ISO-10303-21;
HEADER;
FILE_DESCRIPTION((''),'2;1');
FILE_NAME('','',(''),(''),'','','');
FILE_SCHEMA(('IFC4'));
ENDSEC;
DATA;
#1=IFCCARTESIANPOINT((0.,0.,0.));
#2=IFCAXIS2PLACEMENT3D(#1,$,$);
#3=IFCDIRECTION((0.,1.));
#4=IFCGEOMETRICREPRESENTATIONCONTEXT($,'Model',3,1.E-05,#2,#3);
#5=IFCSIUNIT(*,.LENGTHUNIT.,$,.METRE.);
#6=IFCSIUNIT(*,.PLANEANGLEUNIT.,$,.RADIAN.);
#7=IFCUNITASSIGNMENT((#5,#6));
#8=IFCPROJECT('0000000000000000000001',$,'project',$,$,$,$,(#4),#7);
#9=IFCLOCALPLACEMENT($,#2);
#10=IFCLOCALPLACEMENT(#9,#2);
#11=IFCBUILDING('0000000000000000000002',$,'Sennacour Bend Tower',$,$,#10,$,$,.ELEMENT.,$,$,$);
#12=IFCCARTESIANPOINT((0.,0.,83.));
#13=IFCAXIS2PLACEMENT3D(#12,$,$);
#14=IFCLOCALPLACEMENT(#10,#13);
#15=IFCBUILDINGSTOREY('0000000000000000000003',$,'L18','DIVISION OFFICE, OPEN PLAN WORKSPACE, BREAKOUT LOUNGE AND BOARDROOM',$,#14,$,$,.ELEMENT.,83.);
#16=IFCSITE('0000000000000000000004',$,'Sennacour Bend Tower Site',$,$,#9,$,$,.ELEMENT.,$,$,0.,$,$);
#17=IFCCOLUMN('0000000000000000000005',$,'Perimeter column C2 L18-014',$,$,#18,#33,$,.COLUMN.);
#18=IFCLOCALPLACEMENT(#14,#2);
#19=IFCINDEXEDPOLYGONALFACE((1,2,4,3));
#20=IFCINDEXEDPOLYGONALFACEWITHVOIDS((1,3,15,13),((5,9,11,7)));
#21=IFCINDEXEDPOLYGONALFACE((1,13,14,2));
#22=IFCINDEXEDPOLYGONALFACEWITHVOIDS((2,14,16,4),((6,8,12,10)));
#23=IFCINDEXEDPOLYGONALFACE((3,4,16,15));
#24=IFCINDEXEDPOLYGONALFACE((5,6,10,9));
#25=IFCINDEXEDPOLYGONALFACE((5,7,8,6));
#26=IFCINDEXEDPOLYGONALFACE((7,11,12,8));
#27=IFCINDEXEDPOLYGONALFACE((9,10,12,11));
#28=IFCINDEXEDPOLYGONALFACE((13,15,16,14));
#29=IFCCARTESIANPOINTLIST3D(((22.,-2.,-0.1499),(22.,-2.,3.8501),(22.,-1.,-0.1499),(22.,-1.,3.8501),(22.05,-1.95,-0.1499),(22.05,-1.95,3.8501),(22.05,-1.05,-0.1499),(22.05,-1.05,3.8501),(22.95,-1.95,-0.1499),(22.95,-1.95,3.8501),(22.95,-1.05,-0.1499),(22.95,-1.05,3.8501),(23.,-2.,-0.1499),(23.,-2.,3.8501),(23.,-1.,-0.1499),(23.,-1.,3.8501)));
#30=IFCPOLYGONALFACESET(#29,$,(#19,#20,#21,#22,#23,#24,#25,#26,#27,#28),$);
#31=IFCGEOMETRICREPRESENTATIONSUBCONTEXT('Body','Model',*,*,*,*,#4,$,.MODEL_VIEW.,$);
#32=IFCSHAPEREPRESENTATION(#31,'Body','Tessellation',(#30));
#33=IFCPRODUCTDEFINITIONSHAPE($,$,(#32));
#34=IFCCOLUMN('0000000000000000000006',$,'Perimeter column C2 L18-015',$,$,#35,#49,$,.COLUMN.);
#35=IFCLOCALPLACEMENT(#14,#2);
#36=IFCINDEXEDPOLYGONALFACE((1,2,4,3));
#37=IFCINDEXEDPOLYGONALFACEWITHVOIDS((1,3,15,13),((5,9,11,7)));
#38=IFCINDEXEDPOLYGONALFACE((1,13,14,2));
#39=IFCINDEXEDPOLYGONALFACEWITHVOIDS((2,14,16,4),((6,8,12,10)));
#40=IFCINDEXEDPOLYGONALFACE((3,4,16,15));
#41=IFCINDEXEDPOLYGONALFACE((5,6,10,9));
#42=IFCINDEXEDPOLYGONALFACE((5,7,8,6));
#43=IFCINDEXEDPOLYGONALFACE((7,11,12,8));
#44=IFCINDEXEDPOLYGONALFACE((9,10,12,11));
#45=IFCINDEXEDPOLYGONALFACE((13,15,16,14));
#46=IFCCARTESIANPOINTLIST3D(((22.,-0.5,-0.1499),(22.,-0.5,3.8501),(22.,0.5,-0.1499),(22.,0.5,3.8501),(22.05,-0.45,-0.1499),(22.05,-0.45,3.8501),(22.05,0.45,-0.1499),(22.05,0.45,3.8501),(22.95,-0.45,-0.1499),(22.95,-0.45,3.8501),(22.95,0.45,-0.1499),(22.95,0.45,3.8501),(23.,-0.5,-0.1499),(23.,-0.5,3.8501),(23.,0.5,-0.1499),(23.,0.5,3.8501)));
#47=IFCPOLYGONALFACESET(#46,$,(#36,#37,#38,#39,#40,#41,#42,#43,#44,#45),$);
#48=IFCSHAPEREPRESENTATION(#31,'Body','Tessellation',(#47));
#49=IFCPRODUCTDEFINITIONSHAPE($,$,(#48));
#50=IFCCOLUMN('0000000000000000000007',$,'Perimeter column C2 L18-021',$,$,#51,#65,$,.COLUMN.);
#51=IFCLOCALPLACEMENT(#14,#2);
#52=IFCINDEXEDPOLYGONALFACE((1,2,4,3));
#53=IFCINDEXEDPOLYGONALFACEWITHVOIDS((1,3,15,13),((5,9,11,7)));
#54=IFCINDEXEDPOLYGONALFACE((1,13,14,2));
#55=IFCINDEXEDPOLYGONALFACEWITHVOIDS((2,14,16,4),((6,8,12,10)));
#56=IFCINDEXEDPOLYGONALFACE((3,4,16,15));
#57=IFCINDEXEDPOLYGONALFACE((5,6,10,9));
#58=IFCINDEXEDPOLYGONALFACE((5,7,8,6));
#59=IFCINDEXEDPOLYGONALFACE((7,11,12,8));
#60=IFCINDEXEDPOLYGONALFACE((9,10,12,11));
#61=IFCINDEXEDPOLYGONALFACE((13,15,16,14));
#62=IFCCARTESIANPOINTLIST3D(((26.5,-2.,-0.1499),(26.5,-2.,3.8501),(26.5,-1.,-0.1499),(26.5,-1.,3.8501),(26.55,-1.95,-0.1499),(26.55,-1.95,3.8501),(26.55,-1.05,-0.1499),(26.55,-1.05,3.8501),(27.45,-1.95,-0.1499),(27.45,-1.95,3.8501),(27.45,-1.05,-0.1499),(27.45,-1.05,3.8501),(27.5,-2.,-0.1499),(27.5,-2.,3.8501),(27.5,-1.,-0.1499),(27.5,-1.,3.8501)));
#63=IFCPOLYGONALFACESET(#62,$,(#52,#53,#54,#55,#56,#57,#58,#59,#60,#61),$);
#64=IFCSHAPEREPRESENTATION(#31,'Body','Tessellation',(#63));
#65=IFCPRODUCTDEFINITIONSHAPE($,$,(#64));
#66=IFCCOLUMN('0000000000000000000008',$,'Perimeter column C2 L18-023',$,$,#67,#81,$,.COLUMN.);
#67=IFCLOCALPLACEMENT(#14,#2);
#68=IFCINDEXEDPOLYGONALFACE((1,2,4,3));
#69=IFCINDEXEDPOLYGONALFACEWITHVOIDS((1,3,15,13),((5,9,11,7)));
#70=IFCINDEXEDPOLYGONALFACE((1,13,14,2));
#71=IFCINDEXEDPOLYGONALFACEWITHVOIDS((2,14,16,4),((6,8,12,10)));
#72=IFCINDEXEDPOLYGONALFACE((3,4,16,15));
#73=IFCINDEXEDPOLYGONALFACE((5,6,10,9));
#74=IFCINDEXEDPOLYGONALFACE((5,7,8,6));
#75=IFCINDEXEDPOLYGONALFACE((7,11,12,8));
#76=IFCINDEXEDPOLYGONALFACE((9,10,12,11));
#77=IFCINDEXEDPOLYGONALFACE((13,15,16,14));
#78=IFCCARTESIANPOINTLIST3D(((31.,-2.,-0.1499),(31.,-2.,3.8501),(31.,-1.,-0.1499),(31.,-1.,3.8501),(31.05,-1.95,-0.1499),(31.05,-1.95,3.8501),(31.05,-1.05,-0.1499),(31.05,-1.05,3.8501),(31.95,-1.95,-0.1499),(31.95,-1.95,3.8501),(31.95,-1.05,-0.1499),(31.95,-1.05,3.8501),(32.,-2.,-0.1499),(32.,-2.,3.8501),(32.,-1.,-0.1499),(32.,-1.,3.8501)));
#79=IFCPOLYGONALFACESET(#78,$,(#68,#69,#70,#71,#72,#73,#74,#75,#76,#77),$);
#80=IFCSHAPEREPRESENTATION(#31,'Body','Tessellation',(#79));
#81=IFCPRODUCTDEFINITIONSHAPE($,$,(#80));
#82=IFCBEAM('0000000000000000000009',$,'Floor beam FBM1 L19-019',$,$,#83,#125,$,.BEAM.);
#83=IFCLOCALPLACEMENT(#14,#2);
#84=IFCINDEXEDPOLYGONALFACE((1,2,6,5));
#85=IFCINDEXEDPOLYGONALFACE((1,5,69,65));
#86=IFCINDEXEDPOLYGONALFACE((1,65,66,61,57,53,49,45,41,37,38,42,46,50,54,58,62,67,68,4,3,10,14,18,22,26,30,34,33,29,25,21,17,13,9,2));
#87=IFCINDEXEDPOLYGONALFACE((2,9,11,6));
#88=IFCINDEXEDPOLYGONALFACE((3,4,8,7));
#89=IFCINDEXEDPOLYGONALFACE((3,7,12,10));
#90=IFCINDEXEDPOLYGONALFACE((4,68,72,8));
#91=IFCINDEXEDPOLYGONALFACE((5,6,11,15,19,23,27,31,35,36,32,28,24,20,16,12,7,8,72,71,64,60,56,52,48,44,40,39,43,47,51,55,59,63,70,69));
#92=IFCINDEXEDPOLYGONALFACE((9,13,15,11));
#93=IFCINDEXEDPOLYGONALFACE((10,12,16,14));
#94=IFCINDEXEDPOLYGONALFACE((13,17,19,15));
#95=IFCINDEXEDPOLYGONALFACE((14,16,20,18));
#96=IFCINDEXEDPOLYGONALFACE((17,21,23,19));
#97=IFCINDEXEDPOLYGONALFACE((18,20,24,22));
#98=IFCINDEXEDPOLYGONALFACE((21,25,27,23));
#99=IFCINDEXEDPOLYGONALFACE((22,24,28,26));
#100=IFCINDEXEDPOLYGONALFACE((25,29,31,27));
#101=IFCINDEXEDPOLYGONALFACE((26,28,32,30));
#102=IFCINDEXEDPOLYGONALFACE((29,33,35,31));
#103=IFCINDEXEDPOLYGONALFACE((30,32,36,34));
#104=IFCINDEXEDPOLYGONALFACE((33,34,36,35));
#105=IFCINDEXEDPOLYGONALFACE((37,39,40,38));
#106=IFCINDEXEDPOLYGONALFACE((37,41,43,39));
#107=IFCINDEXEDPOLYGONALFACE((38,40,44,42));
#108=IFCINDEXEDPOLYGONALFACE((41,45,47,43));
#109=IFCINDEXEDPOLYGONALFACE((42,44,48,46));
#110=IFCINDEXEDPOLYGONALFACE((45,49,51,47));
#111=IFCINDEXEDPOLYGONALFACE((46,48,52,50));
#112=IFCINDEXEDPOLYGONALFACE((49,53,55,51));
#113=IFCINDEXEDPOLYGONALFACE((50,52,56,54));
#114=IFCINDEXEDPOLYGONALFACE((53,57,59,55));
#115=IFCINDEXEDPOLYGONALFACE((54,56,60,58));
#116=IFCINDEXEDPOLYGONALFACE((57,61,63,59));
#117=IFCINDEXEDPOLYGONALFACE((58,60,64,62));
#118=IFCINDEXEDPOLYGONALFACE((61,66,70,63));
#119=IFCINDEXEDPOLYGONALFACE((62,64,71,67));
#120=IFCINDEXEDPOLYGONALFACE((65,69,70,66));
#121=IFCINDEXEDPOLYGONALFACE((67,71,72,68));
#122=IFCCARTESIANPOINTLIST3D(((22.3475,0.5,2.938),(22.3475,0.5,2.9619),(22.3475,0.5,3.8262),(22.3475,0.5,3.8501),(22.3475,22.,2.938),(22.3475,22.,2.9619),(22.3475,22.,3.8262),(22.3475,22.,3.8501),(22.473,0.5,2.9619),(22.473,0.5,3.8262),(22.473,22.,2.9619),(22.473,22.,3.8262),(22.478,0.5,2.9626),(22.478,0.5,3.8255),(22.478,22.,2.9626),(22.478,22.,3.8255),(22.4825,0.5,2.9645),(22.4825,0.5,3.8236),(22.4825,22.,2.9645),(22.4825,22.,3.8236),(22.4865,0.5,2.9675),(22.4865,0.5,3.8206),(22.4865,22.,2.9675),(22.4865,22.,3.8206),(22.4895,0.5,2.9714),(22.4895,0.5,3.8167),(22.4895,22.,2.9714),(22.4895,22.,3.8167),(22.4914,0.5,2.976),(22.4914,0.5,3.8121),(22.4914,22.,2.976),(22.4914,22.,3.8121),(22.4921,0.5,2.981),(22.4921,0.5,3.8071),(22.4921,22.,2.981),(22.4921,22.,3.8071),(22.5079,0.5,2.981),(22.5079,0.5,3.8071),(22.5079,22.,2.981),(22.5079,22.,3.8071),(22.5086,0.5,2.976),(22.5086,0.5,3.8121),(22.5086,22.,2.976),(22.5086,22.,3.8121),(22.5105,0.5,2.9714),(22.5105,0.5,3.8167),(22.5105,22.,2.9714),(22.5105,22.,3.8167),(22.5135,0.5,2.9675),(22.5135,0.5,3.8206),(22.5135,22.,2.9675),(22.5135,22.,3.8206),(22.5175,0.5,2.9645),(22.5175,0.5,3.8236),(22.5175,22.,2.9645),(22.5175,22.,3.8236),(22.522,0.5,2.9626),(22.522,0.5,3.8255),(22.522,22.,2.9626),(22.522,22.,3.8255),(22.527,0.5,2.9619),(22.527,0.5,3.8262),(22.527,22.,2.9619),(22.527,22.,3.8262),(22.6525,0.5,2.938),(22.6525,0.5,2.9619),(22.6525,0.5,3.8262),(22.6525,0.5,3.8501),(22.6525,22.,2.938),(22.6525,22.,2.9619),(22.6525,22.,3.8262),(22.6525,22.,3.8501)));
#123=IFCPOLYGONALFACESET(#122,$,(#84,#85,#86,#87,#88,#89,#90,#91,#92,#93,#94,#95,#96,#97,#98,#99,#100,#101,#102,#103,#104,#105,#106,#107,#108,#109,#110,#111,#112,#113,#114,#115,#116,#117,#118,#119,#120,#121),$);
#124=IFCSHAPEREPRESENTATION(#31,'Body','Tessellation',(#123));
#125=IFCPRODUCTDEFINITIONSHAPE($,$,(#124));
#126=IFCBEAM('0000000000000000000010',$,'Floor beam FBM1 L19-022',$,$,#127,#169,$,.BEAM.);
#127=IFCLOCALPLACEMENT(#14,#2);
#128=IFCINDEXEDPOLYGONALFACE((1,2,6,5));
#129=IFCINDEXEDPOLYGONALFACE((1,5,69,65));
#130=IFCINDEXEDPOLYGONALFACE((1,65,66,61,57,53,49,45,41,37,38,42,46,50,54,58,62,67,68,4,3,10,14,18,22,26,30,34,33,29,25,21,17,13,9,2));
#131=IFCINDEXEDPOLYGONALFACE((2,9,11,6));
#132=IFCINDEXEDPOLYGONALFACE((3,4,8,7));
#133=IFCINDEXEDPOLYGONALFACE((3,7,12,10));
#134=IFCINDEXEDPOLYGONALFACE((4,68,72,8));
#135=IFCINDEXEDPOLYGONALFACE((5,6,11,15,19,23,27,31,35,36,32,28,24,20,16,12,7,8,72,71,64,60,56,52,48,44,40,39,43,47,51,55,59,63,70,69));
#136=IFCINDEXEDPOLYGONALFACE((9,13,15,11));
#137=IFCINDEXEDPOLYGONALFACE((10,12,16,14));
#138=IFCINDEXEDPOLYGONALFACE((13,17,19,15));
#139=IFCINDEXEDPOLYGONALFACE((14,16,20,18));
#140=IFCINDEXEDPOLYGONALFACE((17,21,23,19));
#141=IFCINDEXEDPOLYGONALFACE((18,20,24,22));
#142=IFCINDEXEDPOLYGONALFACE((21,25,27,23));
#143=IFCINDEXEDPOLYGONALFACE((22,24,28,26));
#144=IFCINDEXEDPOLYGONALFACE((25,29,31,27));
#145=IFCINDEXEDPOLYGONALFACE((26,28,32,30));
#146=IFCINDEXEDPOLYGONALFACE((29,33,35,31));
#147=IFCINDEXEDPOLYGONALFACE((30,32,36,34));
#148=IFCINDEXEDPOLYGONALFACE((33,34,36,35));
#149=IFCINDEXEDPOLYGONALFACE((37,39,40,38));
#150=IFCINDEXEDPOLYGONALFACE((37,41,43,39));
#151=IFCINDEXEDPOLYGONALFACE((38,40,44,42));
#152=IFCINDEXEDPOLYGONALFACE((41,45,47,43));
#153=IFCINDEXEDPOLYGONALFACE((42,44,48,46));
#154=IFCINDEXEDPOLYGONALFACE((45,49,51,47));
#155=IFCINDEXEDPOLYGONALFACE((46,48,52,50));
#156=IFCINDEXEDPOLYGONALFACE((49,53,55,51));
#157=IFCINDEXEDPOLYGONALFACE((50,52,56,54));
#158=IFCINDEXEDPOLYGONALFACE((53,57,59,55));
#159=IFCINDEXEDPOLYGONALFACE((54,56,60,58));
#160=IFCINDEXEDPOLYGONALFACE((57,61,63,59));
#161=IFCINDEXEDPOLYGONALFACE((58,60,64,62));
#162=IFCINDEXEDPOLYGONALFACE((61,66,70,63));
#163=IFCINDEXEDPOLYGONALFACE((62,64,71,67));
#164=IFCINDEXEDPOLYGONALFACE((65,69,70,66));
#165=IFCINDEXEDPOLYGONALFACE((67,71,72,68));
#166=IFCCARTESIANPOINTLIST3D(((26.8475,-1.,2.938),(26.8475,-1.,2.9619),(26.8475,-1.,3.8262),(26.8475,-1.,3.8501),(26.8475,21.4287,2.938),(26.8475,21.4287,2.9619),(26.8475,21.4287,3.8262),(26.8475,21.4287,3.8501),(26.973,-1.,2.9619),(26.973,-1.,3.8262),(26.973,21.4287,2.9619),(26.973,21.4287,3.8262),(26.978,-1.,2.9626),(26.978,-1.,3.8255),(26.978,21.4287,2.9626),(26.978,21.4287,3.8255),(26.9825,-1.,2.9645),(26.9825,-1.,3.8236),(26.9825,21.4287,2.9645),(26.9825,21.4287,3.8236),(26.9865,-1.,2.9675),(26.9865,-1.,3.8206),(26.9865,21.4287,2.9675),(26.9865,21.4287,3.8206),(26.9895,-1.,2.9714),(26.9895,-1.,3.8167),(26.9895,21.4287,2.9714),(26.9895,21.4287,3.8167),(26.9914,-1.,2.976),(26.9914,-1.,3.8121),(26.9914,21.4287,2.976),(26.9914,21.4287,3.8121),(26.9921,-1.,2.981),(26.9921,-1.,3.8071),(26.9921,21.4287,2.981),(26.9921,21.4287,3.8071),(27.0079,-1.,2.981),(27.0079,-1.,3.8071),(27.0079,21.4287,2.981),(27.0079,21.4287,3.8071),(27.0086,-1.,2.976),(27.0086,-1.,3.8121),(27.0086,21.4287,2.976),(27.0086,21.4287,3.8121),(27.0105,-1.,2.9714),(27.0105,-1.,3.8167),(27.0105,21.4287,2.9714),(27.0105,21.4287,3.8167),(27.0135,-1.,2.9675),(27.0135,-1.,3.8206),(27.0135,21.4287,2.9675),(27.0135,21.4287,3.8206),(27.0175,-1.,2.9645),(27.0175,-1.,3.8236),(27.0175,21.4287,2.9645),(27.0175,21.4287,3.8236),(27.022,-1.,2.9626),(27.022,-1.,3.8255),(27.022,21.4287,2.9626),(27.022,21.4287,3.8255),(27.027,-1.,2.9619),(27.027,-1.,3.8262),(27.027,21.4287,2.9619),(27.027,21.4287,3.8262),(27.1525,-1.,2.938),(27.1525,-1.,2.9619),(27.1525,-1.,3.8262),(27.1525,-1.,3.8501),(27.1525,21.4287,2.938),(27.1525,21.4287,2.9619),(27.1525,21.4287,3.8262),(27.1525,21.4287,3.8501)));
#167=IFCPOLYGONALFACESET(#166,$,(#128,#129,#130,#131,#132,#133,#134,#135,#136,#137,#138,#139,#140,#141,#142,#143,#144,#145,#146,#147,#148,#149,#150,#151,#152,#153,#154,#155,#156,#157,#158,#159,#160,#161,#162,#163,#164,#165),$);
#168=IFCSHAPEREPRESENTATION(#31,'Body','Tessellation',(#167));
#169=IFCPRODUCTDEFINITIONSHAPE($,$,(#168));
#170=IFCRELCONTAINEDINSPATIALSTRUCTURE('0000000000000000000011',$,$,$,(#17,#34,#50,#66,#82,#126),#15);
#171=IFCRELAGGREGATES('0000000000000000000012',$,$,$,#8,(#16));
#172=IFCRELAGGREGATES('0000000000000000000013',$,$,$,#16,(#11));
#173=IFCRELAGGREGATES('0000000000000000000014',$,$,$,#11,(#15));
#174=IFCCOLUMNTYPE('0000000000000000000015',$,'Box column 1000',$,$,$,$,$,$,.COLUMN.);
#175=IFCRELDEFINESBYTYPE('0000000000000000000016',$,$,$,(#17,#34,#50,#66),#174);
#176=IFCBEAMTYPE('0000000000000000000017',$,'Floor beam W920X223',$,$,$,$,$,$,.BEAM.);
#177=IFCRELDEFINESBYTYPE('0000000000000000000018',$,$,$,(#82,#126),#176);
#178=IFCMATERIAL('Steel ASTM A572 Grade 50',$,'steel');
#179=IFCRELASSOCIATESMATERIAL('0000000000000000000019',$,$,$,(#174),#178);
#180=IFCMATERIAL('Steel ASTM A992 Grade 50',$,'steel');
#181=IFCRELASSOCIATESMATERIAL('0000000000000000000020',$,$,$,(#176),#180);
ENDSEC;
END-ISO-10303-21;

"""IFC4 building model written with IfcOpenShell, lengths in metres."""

from ifc_helpers import new_model, si_unit, direction, frame, origin, origin_2d, place, context, subcontext, project, spatial, hollow_rectangle, i_section, extrude, material, material_profile, profile_set, type_object, element, save


model = new_model("IFC4")

# Units and contexts
model_context = context("Model", 3, precision=1e-05, world=origin(), true_north=direction((0.0, 1.0)))
body_context = subcontext(model_context, "Body", "Model", "MODEL_VIEW")
ifc_project = project(units=[si_unit("LENGTHUNIT", "METRE"), si_unit("PLANEANGLEUNIT", "RADIAN")], contexts=[model_context])

# Site, building, storey
site_placement = place(None, origin())
site = spatial("IfcSite", under=ifc_project, at=site_placement, Name="Sennacour Bend Tower Site", CompositionType="ELEMENT", RefElevation=0.0)
building_placement = place(site_placement, origin())
building = spatial("IfcBuilding", under=site, at=building_placement, Name="Sennacour Bend Tower", CompositionType="ELEMENT")
storey_placement = place(building_placement, frame((0.0, 0.0, 83.0)))
storey = spatial("IfcBuildingStorey", under=building, at=storey_placement, Name="L18", Description="DIVISION OFFICE, OPEN PLAN WORKSPACE, BREAKOUT LOUNGE AND BOARDROOM", CompositionType="ELEMENT", Elevation=83.0)

# Columns
ifc_material_1 = material(Name="Steel ASTM A572 Grade 50", Category="steel")
ifc_material_profile_1 = material_profile(ifc_material_1, hollow_rectangle(XDim=1.0, YDim=1.0, WallThickness=0.05, at=origin_2d()), Name="Steel ASTM A572 Grade 50", Category="steel")
ifc_profile_set_1 = profile_set([ifc_material_profile_1], Name="Steel ASTM A572 Grade 50")
column_type = type_object("IfcColumnType", Name="Box column 1000", PredefinedType="COLUMN", material=ifc_profile_set_1)
for number, where, z_axis, x_axis, name in (
    (1, (22.5, -1.5, -0.1499), (0.0, 0.0, 1.0), (1.0, 0.0, 0.0), "Perimeter column C2 L18-014"),
    (2, (22.5, 0.0, -0.1499), (0.0, 0.0, 1.0), (1.0, 0.0, 0.0), "Perimeter column C2 L18-015"),
    (3, (27.0, -1.5, -0.1499), (0.0, 0.0, 1.0), (1.0, 0.0, 0.0), "Perimeter column C2 L18-021"),
    (4, (31.5, -1.5, -0.1499), (0.0, 0.0, 1.0), (1.0, 0.0, 0.0), "Perimeter column C2 L18-023"),
):
    element("IfcColumn", number, at=place(storey_placement, frame(where, z_axis=z_axis, x_axis=x_axis)), inside=storey, type_object=column_type, Name=name, PredefinedType="COLUMN", context=body_context, shape_type="SweptSolid", body=[
        extrude(hollow_rectangle(XDim=1.0, YDim=1.0, WallThickness=0.05, at=origin_2d()), origin(), (0.0, 0.0, 1.0), 4.0),
    ])

# Beams
ifc_material_2 = material(Name="Steel ASTM A992 Grade 50", Category="steel")
ifc_material_profile_2 = material_profile(ifc_material_2, i_section(OverallWidth=0.3049, OverallDepth=0.9121, WebThickness=0.0159, FlangeThickness=0.0239, FilletRadius=0.019, at=origin_2d()), Name="Steel ASTM A992 Grade 50", Category="steel")
ifc_profile_set_2 = profile_set([ifc_material_profile_2], Name="Steel ASTM A992 Grade 50")
beam_type_1 = type_object("IfcBeamType", Name="Floor beam W920X223", PredefinedType="BEAM", material=ifc_profile_set_2)
beam_1_placement = place(storey_placement, frame((22.5, 0.5, 3.394), z_axis=(0.0, 1.0, 0.0), x_axis=(-1.0, 0.0, 0.0)))
element("IfcBeam", 5, at=beam_1_placement, inside=storey, type_object=beam_type_1, Name="Floor beam FBM1 L19-019", PredefinedType="BEAM", context=body_context, shape_type="SweptSolid", body=[
    extrude(i_section(OverallWidth=0.3049, OverallDepth=0.9121, WebThickness=0.0159, FlangeThickness=0.0239, FilletRadius=0.019, at=origin_2d()), origin(), (0.0, 0.0, 1.0), 21.5),
])
beam_2_placement = place(storey_placement, frame((27.0, -1.0, 3.394), z_axis=(0.0, 1.0, 0.0), x_axis=(-1.0, 0.0, 0.0)))
element("IfcBeam", 6, at=beam_2_placement, inside=storey, type_object=beam_type_1, Name="Floor beam FBM1 L19-022", PredefinedType="BEAM", context=body_context, shape_type="SweptSolid", body=[
    extrude(i_section(OverallWidth=0.3049, OverallDepth=0.9121, WebThickness=0.0159, FlangeThickness=0.0239, FilletRadius=0.019, at=origin_2d()), origin(), (0.0, 0.0, 1.0), 22.4287),
])

save(model, "model.ifc")
